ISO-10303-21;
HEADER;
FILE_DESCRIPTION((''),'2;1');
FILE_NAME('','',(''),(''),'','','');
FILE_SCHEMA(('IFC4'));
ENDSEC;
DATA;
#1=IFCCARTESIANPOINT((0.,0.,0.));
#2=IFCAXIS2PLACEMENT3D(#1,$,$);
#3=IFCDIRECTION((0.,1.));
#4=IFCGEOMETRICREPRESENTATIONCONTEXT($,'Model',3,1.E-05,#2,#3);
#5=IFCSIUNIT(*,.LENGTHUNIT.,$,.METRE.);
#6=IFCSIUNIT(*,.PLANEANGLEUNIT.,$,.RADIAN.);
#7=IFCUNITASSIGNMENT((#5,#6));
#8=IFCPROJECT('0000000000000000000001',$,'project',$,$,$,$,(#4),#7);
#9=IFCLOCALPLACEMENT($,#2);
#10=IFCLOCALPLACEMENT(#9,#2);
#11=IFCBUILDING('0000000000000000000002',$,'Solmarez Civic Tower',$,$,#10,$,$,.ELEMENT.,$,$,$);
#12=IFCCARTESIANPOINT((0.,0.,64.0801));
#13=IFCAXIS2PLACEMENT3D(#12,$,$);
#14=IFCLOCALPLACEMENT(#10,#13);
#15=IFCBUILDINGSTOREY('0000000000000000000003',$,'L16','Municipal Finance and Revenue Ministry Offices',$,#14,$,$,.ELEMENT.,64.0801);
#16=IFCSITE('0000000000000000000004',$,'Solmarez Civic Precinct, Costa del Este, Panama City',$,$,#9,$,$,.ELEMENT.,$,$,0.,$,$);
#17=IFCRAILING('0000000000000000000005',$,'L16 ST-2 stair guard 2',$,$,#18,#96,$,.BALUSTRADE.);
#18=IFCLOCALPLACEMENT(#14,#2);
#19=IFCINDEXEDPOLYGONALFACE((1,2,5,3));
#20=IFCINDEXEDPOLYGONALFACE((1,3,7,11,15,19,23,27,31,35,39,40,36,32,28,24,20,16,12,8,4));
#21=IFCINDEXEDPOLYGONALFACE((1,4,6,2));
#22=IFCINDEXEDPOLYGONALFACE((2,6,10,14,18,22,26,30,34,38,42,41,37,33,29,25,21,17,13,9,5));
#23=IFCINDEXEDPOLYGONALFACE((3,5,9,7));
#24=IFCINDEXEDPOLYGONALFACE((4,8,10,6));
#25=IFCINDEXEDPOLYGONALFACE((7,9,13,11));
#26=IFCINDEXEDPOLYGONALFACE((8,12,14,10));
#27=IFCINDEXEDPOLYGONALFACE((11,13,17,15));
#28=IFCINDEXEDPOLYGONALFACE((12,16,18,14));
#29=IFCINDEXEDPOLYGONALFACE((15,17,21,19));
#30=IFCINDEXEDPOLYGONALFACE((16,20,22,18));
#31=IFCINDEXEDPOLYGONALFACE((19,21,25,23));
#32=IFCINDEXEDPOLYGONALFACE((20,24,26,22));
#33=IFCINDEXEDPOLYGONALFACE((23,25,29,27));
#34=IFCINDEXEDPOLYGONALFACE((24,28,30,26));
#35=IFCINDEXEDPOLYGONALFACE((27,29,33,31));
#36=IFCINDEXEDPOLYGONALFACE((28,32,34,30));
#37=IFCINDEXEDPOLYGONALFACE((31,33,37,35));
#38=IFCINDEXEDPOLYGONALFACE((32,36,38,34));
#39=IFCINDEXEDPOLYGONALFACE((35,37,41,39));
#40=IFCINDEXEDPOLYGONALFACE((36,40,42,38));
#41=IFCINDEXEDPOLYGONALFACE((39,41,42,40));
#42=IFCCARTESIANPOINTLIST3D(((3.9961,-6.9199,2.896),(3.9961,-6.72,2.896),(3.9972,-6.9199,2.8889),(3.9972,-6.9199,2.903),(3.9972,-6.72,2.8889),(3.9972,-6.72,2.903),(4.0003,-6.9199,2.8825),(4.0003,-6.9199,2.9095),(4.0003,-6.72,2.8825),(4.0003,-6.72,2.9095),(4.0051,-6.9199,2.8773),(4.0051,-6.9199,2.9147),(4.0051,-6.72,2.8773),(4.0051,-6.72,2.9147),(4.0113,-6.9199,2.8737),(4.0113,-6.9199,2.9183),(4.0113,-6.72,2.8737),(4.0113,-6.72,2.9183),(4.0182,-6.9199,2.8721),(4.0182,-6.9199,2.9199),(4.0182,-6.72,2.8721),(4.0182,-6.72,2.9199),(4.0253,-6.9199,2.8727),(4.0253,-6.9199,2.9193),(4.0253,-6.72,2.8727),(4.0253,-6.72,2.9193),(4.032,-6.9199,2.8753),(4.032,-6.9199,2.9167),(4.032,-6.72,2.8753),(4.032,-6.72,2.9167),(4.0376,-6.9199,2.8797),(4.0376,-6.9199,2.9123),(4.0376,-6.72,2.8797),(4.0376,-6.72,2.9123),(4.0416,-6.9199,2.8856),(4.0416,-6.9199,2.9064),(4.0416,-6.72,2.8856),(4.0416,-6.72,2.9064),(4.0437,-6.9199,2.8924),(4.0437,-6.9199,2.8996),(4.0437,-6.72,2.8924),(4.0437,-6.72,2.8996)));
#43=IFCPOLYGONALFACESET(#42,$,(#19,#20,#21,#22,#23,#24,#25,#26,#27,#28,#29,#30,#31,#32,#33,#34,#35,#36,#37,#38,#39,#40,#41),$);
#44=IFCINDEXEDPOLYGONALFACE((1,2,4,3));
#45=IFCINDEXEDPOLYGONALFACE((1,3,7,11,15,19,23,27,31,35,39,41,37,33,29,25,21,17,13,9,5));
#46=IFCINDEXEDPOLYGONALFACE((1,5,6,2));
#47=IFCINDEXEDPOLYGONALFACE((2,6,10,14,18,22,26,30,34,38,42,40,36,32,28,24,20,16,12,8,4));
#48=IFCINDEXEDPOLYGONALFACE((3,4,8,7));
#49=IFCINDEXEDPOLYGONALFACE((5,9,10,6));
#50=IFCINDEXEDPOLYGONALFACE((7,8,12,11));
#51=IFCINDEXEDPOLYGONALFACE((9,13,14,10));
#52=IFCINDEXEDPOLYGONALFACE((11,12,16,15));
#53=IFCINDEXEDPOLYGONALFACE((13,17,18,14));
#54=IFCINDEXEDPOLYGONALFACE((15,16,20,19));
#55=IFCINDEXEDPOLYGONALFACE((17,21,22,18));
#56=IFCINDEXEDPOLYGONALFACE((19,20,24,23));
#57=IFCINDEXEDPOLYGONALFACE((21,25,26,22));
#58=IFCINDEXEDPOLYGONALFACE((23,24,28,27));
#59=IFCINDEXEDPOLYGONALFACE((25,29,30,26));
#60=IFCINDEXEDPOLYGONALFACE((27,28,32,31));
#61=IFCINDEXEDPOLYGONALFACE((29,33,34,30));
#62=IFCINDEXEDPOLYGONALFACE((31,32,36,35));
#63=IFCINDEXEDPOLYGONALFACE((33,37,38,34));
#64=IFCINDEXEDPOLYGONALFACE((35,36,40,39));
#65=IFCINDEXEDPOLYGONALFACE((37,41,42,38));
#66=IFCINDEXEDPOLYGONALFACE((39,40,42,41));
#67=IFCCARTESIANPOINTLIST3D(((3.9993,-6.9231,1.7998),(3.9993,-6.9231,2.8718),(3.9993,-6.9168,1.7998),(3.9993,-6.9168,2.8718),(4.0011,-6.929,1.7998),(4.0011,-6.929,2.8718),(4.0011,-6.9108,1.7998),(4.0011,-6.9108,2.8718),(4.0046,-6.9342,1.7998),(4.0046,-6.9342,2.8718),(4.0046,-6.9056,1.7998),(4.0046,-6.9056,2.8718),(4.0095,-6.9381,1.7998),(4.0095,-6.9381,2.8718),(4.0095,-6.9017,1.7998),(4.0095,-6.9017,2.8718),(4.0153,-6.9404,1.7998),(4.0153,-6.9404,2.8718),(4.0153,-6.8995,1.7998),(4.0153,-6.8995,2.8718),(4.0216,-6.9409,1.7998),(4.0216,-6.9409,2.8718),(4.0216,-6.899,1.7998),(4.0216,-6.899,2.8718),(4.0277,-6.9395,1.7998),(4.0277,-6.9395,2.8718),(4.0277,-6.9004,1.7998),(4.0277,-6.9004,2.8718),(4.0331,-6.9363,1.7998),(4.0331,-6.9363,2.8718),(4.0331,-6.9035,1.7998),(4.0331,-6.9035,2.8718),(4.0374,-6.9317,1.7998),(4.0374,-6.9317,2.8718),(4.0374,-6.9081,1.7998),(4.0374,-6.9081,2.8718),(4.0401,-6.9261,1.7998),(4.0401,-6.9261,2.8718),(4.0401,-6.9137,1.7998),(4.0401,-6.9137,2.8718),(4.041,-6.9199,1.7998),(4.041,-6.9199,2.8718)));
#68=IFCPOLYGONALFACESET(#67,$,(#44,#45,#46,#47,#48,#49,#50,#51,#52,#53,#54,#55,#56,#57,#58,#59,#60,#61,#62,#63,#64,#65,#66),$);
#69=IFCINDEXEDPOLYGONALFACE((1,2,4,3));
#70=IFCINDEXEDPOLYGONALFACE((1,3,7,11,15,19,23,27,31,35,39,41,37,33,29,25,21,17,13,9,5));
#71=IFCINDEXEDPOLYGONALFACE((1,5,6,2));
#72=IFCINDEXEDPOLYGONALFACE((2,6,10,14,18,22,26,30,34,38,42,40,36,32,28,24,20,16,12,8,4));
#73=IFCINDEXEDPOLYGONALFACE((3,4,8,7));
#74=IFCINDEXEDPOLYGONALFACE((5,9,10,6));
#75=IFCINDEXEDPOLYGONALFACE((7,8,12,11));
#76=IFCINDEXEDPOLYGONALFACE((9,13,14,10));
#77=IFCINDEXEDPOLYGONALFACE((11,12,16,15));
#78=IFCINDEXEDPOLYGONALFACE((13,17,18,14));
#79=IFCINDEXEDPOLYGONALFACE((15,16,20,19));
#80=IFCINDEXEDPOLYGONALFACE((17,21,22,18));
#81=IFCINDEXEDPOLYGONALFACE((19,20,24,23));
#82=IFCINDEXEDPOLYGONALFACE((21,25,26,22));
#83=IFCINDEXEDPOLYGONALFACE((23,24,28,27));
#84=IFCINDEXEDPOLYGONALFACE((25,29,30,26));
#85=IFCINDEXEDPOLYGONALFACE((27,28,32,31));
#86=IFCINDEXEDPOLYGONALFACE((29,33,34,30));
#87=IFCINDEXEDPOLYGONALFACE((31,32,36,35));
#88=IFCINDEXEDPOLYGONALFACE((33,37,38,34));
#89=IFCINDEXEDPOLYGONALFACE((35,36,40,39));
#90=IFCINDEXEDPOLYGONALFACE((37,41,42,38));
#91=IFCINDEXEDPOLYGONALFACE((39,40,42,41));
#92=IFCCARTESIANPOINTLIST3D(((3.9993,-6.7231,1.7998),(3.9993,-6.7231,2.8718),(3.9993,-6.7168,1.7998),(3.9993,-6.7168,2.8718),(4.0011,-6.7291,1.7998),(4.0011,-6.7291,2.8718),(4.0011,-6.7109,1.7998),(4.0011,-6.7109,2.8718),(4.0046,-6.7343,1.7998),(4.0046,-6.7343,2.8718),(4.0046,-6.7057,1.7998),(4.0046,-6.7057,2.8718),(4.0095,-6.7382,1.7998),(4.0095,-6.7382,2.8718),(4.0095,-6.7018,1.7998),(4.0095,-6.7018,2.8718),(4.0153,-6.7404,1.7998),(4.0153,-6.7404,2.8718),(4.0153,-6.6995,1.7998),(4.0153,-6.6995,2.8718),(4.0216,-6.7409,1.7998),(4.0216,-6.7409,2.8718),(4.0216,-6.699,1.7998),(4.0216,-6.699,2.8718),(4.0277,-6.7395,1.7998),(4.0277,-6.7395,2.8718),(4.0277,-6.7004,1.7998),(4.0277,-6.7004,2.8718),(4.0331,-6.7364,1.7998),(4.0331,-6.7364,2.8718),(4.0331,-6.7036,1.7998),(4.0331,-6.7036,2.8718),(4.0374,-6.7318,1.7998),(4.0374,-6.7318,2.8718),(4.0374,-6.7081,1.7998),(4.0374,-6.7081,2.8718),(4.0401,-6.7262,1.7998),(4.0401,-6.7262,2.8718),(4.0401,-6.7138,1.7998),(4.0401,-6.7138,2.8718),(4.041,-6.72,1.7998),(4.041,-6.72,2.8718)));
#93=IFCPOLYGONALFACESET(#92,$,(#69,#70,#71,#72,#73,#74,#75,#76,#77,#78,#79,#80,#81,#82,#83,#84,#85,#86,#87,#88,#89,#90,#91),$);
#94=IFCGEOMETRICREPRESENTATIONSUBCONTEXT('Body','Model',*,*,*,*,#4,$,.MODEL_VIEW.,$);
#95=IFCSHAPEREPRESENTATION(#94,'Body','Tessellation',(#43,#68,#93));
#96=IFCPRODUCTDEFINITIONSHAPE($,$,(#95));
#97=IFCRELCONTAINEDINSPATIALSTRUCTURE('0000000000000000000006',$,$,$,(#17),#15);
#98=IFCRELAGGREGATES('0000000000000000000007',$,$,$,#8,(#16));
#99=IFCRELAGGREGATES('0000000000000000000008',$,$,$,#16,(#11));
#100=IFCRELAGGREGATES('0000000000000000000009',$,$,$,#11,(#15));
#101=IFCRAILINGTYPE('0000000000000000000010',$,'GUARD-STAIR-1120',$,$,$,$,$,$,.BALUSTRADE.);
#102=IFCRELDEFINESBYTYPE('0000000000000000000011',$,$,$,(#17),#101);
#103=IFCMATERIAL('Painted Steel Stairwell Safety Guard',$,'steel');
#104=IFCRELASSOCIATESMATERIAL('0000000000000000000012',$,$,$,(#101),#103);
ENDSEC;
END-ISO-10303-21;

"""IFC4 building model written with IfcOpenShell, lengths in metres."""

from ifc_helpers import new_model, si_unit, direction, frame, origin, origin_2d, place, context, subcontext, project, spatial, circle, extrude, material, type_object, element, save


model = new_model("IFC4")

# Units and contexts
model_context = context("Model", 3, precision=1e-05, world=origin(), true_north=direction((0.0, 1.0)))
body_context = subcontext(model_context, "Body", "Model", "MODEL_VIEW")
ifc_project = project(units=[si_unit("LENGTHUNIT", "METRE"), si_unit("PLANEANGLEUNIT", "RADIAN")], contexts=[model_context])

# Site, building, storey
site_placement = place(None, origin())
site = spatial("IfcSite", under=ifc_project, at=site_placement, Name="Solmarez Civic Precinct, Costa del Este, Panama City", CompositionType="ELEMENT", RefElevation=0.0)
building_placement = place(site_placement, origin())
building = spatial("IfcBuilding", under=site, at=building_placement, Name="Solmarez Civic Tower", CompositionType="ELEMENT")
storey_placement = place(building_placement, frame((0.0, 0.0, 64.0801)))
storey = spatial("IfcBuildingStorey", under=building, at=storey_placement, Name="L16", Description="Municipal Finance and Revenue Ministry Offices", CompositionType="ELEMENT", Elevation=64.0801)

# Railing
ifc_material_1 = material(Name="Painted Steel Stairwell Safety Guard", Category="steel")
railing_type_1 = type_object("IfcRailingType", Name="GUARD-STAIR-1120", PredefinedType="BALUSTRADE", material=ifc_material_1)
railing_1_placement = place(storey_placement, frame((4.02, -6.9199, 1.7998)))
element("IfcRailing", 1, at=railing_1_placement, inside=storey, type_object=railing_type_1, Name="L16 ST-2 stair guard 2", PredefinedType="BALUSTRADE", context=body_context, shape_type="SweptSolid", body=[
    extrude(circle(Radius=0.0239, at=origin_2d()), frame((0.0, 0.0, 1.0962), z_axis=(0.0, 1.0, 0.0), x_axis=(-1.0, 0.0, 0.0)), (0.0, 0.0, 1.0), 0.2),
    extrude(circle(Radius=0.021, at=origin_2d()), origin(), (0.0, 0.0, 1.0), 1.072),
    extrude(circle(Radius=0.021, at=origin_2d()), frame((0.0, 0.2, 0.0)), (0.0, 0.0, 1.0), 1.072),
])

save(model, "model.ifc")
